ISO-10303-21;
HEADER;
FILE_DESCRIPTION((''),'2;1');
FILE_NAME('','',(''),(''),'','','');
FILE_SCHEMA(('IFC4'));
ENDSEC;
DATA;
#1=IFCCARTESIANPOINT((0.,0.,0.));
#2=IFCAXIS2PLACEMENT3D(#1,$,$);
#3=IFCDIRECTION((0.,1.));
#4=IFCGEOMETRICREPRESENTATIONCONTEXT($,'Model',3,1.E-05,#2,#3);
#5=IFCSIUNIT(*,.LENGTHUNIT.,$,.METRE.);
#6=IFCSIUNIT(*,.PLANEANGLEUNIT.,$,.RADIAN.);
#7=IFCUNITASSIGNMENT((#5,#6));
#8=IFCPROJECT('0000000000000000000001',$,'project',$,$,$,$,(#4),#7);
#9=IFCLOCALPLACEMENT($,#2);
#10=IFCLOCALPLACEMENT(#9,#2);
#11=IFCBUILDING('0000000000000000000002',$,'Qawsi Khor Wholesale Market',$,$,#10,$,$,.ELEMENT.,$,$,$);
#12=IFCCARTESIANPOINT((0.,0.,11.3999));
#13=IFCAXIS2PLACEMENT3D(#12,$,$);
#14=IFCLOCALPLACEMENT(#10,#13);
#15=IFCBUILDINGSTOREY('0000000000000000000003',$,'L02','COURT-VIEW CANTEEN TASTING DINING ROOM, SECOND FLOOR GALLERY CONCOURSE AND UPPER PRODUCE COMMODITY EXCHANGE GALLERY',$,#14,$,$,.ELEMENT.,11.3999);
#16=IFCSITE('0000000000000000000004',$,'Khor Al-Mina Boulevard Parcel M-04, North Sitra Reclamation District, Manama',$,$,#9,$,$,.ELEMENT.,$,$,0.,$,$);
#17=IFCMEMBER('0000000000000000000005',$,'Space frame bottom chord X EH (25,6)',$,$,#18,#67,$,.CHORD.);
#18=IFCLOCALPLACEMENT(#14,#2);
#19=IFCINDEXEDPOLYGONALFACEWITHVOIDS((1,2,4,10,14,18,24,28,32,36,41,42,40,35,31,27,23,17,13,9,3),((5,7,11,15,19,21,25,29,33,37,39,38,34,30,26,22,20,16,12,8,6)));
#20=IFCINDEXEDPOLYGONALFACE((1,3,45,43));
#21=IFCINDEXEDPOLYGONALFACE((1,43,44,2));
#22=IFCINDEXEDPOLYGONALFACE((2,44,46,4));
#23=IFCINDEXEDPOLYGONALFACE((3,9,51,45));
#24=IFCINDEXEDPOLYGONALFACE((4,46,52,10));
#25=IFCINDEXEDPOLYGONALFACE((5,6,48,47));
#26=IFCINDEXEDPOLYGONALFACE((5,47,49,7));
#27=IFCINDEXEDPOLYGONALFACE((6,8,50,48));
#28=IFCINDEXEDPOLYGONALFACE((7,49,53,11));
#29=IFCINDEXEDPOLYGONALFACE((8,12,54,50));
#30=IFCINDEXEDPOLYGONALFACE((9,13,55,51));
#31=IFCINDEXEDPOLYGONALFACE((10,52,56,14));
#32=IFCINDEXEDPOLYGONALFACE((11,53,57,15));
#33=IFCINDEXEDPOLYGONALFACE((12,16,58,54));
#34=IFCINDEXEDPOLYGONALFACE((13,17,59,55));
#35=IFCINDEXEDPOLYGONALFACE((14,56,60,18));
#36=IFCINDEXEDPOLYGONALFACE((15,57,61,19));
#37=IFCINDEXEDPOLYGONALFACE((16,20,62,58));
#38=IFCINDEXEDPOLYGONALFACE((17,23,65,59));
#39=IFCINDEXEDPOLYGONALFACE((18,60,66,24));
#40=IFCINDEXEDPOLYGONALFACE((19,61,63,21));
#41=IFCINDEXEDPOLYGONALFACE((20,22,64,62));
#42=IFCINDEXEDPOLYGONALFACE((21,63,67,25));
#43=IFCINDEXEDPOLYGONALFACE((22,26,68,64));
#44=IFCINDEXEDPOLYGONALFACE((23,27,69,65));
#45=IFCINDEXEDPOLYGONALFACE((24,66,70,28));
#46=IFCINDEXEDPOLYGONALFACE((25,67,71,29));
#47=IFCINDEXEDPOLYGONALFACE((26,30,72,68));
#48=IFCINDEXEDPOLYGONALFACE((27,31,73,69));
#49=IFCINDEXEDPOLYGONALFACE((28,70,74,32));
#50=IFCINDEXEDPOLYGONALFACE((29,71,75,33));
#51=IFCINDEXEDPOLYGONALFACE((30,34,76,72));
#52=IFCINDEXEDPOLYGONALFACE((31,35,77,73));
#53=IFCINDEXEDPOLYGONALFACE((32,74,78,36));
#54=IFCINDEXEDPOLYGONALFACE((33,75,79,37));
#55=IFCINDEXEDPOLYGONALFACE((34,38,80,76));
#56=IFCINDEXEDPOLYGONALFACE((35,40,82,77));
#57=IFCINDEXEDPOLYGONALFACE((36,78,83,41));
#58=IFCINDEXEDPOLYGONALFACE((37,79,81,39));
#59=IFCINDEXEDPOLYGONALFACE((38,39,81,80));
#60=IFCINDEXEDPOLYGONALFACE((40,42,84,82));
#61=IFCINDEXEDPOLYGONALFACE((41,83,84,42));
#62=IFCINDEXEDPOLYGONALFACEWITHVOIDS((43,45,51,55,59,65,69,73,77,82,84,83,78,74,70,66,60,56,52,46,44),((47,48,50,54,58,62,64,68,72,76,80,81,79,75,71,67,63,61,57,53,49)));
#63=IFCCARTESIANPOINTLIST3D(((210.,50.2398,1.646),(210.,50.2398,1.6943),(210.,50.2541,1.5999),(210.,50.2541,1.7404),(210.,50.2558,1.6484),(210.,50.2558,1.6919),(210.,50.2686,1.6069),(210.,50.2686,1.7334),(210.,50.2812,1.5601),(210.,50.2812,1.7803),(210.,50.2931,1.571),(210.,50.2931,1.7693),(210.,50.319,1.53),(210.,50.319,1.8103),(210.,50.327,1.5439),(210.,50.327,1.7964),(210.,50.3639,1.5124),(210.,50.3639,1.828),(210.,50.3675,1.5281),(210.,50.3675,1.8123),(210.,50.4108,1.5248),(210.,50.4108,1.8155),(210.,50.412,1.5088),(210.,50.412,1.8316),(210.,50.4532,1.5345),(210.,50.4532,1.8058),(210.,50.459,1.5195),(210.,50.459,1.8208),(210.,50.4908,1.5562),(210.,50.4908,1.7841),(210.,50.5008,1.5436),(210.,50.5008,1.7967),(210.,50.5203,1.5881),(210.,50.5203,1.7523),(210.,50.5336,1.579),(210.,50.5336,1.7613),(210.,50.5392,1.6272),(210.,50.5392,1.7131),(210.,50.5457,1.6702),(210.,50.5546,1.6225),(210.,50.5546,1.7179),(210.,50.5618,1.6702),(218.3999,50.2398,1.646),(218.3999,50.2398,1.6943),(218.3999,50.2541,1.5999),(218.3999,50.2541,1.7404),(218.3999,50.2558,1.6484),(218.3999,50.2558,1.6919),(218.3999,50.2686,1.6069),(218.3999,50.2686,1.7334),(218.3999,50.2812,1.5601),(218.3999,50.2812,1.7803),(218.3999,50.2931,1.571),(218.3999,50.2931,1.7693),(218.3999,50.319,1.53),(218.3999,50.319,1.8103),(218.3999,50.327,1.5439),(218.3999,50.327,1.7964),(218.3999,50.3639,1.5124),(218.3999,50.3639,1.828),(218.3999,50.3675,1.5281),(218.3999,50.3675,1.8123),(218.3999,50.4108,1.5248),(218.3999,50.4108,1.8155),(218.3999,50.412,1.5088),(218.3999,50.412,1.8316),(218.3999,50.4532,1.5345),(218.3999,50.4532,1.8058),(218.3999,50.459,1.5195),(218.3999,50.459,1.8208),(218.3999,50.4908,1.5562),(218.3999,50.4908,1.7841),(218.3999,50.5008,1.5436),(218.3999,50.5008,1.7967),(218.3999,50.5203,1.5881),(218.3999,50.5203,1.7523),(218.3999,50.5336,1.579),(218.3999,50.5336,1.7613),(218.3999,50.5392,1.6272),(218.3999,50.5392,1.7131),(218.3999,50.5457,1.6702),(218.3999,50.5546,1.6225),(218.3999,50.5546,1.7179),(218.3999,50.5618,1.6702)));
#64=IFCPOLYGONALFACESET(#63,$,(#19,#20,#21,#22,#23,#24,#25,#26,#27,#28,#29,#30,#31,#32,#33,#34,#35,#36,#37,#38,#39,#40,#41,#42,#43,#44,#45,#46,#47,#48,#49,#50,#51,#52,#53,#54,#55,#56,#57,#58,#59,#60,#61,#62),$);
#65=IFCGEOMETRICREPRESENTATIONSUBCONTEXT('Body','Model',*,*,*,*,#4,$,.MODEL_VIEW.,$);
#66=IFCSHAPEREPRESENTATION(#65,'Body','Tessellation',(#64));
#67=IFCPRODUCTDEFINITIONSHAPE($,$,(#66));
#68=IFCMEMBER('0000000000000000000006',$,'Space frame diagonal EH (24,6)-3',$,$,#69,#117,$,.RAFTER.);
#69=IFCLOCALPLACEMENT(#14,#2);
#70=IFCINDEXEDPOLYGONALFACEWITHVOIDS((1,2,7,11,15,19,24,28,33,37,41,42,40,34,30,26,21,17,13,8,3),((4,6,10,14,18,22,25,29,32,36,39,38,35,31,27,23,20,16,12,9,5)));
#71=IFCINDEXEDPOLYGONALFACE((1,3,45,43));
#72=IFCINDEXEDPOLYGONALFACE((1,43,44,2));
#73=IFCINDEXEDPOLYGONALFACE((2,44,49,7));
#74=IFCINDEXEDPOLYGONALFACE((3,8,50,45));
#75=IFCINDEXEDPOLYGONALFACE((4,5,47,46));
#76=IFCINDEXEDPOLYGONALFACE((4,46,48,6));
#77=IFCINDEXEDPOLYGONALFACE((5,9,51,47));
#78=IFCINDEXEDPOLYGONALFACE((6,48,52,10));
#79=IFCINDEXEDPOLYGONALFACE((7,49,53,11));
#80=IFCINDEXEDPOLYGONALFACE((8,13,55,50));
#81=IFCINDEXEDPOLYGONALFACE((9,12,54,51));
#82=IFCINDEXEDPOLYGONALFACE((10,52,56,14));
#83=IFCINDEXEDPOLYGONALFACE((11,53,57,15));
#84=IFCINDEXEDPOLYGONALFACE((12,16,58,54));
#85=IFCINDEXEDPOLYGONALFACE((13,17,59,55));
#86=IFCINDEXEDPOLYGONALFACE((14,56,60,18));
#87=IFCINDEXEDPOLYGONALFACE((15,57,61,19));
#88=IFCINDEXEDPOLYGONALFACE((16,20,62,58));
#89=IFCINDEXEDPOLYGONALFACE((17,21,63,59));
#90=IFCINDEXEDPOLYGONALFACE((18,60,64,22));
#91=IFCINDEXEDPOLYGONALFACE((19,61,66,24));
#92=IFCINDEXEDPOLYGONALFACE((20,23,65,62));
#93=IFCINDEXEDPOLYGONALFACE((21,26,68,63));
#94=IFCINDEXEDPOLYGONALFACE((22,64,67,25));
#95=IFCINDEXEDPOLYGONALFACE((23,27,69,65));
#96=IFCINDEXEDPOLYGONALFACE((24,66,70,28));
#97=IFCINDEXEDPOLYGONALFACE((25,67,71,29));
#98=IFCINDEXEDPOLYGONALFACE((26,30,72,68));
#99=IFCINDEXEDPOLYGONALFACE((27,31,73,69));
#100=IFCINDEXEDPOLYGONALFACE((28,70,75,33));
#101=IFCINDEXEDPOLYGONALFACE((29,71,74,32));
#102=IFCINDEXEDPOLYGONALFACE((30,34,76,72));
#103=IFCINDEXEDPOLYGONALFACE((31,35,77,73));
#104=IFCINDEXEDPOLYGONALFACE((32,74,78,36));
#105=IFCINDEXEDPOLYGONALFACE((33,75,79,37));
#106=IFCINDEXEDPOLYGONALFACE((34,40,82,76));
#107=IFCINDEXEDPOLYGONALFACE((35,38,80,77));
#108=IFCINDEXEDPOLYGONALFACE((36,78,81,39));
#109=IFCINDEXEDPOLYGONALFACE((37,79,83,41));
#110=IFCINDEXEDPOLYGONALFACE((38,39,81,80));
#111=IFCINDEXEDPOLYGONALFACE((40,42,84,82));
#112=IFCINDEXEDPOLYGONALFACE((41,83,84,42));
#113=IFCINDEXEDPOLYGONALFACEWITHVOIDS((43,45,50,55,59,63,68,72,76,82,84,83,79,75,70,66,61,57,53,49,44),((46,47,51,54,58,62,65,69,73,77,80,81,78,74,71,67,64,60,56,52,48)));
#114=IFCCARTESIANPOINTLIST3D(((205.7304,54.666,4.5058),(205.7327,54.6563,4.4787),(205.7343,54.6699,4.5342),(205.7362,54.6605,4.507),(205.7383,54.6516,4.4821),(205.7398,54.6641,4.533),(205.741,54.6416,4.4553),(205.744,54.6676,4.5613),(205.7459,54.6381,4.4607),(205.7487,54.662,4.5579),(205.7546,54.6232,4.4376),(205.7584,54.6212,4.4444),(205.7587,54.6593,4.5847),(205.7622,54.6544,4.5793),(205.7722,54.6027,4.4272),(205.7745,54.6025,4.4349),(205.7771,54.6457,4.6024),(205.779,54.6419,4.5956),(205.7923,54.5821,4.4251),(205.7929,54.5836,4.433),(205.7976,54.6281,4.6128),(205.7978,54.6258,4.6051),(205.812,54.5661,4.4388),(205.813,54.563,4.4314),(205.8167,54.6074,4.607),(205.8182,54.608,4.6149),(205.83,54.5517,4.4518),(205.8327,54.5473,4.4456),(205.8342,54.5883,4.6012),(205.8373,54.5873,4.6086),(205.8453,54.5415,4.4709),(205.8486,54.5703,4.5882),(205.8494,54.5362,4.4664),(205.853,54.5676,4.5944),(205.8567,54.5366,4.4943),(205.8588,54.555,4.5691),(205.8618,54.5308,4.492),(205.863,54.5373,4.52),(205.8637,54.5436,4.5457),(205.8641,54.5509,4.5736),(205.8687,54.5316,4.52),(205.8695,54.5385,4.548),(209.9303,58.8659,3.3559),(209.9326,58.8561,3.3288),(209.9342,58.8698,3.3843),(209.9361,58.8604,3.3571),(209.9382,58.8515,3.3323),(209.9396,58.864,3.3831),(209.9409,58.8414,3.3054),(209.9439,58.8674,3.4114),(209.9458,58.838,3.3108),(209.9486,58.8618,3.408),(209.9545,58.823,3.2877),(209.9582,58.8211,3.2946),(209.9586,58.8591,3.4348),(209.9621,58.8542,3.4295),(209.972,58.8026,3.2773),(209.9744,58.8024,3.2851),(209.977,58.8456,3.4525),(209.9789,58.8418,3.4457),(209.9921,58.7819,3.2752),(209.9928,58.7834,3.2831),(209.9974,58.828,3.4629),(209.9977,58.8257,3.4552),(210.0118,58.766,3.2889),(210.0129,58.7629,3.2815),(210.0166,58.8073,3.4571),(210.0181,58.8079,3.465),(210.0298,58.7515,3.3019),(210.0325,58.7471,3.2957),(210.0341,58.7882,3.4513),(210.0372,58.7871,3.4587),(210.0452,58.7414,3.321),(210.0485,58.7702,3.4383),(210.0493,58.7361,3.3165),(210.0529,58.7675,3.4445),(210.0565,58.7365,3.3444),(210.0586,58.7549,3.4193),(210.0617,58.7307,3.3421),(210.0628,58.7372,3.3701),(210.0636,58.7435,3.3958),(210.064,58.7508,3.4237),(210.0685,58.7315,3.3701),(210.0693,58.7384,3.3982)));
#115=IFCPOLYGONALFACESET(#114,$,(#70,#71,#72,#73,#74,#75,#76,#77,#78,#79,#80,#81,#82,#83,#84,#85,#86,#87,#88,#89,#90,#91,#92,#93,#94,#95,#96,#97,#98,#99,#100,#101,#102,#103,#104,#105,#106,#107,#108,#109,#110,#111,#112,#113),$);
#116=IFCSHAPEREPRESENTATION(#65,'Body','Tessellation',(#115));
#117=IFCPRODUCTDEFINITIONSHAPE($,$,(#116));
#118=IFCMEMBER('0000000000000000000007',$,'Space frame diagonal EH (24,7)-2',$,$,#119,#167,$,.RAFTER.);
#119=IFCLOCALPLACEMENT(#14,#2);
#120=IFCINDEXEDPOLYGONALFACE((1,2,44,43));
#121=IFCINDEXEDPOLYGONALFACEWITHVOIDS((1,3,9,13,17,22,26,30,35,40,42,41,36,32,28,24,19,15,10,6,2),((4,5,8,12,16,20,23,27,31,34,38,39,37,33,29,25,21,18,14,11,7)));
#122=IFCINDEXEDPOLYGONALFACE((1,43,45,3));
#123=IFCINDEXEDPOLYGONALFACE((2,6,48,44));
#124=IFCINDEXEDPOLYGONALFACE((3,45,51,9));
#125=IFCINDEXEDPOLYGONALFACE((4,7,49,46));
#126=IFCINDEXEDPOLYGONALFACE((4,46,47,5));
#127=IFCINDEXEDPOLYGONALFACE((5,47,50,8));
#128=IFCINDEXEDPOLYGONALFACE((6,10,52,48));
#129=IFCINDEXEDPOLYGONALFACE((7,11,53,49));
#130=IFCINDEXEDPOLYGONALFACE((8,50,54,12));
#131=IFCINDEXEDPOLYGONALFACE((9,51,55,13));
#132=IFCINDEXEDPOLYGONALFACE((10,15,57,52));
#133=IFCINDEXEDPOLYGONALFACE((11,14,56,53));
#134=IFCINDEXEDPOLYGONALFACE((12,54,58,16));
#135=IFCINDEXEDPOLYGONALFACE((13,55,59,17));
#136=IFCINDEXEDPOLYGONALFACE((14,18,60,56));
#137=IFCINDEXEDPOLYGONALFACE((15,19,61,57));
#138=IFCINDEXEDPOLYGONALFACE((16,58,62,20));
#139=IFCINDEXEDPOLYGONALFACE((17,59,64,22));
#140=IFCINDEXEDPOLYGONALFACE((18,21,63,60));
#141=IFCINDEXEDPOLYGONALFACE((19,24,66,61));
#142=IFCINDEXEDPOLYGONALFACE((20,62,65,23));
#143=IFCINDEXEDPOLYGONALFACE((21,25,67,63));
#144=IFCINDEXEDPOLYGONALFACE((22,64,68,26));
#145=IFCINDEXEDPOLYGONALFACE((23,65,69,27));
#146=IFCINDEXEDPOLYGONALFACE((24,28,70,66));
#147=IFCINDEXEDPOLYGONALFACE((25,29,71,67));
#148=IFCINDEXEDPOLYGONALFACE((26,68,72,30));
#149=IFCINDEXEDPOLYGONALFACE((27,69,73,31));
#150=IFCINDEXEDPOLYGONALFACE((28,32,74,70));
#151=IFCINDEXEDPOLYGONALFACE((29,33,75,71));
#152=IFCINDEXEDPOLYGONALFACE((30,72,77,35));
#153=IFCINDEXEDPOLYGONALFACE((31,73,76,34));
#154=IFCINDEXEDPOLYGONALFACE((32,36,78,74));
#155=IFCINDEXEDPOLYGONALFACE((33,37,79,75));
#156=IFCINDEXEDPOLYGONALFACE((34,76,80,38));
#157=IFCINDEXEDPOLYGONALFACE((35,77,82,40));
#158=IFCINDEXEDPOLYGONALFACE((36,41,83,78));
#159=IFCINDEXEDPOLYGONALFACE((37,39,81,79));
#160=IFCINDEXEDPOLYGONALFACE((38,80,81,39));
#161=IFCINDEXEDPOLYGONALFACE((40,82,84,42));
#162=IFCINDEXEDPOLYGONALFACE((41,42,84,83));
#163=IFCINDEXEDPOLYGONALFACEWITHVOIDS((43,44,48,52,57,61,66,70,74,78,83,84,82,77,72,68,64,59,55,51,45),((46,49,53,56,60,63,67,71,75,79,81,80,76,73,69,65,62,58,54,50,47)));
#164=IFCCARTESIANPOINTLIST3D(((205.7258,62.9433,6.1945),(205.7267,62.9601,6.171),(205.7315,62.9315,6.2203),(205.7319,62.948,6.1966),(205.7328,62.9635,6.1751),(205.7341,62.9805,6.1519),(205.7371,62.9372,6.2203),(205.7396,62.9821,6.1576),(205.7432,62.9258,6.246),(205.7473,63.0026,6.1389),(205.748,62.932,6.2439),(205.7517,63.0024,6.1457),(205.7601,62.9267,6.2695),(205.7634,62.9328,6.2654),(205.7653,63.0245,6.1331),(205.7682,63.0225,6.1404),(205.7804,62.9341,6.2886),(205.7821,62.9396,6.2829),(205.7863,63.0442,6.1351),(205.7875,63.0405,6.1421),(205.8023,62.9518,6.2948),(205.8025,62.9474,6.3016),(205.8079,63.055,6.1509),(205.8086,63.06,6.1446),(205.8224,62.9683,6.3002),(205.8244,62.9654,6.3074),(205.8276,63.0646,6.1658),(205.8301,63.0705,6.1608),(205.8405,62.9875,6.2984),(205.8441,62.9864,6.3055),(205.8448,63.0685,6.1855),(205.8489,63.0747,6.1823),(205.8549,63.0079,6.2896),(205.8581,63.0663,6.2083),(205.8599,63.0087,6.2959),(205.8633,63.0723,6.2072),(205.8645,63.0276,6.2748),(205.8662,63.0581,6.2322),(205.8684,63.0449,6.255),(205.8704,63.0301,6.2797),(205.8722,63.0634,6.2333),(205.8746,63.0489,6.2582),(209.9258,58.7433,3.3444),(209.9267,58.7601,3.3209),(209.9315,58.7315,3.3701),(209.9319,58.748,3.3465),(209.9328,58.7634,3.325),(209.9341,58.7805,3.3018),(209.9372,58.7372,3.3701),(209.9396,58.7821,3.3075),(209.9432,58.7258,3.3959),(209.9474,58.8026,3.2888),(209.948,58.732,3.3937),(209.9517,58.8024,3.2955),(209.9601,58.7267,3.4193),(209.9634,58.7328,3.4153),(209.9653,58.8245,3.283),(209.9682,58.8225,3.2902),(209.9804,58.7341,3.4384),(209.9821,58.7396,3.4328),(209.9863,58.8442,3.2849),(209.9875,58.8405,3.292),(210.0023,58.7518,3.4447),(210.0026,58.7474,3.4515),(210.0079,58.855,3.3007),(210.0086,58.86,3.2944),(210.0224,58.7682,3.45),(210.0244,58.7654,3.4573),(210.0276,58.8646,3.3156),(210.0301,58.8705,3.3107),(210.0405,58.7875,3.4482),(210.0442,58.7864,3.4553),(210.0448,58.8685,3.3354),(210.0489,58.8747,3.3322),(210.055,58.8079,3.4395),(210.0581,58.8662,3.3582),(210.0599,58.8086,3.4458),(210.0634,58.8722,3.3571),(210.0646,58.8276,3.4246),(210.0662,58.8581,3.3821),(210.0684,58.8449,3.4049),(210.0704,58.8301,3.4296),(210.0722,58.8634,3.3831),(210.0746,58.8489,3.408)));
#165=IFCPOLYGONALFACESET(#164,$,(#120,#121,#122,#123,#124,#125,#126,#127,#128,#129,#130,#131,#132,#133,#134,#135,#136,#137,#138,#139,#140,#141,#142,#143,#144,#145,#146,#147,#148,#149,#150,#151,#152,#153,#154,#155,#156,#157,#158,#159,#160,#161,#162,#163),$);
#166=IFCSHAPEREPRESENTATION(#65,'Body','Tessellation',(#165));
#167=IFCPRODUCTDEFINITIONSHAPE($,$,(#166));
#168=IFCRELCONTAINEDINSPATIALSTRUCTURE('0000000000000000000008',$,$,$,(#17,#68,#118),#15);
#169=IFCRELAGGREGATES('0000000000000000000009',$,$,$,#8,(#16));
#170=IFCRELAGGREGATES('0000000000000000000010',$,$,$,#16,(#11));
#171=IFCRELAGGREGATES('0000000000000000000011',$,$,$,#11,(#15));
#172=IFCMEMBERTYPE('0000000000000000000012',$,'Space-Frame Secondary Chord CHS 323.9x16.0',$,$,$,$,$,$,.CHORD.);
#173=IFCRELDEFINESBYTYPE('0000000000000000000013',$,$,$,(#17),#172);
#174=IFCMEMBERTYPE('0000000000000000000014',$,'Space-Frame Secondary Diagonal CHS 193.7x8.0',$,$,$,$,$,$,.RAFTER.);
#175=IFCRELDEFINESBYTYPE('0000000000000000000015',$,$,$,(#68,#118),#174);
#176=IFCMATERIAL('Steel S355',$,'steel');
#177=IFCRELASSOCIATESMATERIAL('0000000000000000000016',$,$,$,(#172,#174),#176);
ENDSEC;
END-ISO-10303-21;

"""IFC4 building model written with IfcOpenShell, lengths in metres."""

from ifc_helpers import new_model, si_unit, direction, frame, origin, origin_2d, place, context, subcontext, project, spatial, hollow_circle, extrude, material, material_profile, profile_set, type_object, element, save


model = new_model("IFC4")

# Units and contexts
model_context = context("Model", 3, precision=1e-05, world=origin(), true_north=direction((0.0, 1.0)))
body_context = subcontext(model_context, "Body", "Model", "MODEL_VIEW")
ifc_project = project(units=[si_unit("LENGTHUNIT", "METRE"), si_unit("PLANEANGLEUNIT", "RADIAN")], contexts=[model_context])

# Site, building, storey
site_placement = place(None, origin())
site = spatial("IfcSite", under=ifc_project, at=site_placement, Name="Khor Al-Mina Boulevard Parcel M-04, North Sitra Reclamation District, Manama", CompositionType="ELEMENT", RefElevation=0.0)
building_placement = place(site_placement, origin())
building = spatial("IfcBuilding", under=site, at=building_placement, Name="Qawsi Khor Wholesale Market", CompositionType="ELEMENT")
storey_placement = place(building_placement, frame((0.0, 0.0, 11.3999)))
storey = spatial("IfcBuildingStorey", under=building, at=storey_placement, Name="L02", Description="COURT-VIEW CANTEEN TASTING DINING ROOM, SECOND FLOOR GALLERY CONCOURSE AND UPPER PRODUCE COMMODITY EXCHANGE GALLERY", CompositionType="ELEMENT", Elevation=11.3999)

# Members
ifc_material_1 = material(Name="Steel S355", Category="steel")
ifc_material_profile_1 = material_profile(ifc_material_1, hollow_circle(Radius=0.1619, WallThickness=0.0161, at=origin_2d()), Name="CHS 323.9x16.0")
ifc_profile_set_1 = profile_set([ifc_material_profile_1], Name="Steel S355")
member_type_1 = type_object("IfcMemberType", Name="Space-Frame Secondary Chord CHS 323.9x16.0", PredefinedType="CHORD", material=ifc_profile_set_1)
member_1_placement = place(storey_placement, frame((210.0, 50.3999, 1.6702), z_axis=(1.0, 0.0, 0.0), x_axis=(0.0, 1.0, 0.0)))
element("IfcMember", 1, at=member_1_placement, inside=storey, type_object=member_type_1, Name="Space frame bottom chord X EH (25,6)", PredefinedType="CHORD", context=body_context, shape_type="SweptSolid", body=[
    extrude(hollow_circle(Radius=0.1619, WallThickness=0.0161, at=origin_2d()), origin(), (0.0, 0.0, 1.0), 8.3999),
])
ifc_material_profile_2 = material_profile(ifc_material_1, hollow_circle(Radius=0.0969, WallThickness=0.0081, at=origin_2d()), Name="CHS 193.7x8.0")
ifc_profile_set_2 = profile_set([ifc_material_profile_2], Name="Steel S355")
member_type_2 = type_object("IfcMemberType", Name="Space-Frame Secondary Diagonal CHS 193.7x8.0", PredefinedType="RAFTER", material=ifc_profile_set_2)
member_2_placement = place(storey_placement, frame((210.0, 58.8, 3.3701), z_axis=(-0.694217, -0.694217, 0.190069), x_axis=(0.707107, -0.707107, 0.0)))
element("IfcMember", 2, at=member_2_placement, inside=storey, type_object=member_type_2, Name="Space frame diagonal EH (24,6)-3", PredefinedType="RAFTER", context=body_context, shape_type="SweptSolid", body=[
    extrude(hollow_circle(Radius=0.0969, WallThickness=0.0081, at=origin_2d()), origin(), (0.0, 0.0, 1.0), 6.0498),
])
member_3_placement = place(storey_placement, frame((210.0, 58.8, 3.3701), z_axis=(-0.637512, 0.637512, 0.432617), x_axis=(-0.707107, -0.707107, 0.0)))
element("IfcMember", 3, at=member_3_placement, inside=storey, type_object=member_type_2, Name="Space frame diagonal EH (24,7)-2", PredefinedType="RAFTER", context=body_context, shape_type="SweptSolid", body=[
    extrude(hollow_circle(Radius=0.0969, WallThickness=0.0081, at=origin_2d()), origin(), (0.0, 0.0, 1.0), 6.5881),
])

save(model, "model.ifc")
